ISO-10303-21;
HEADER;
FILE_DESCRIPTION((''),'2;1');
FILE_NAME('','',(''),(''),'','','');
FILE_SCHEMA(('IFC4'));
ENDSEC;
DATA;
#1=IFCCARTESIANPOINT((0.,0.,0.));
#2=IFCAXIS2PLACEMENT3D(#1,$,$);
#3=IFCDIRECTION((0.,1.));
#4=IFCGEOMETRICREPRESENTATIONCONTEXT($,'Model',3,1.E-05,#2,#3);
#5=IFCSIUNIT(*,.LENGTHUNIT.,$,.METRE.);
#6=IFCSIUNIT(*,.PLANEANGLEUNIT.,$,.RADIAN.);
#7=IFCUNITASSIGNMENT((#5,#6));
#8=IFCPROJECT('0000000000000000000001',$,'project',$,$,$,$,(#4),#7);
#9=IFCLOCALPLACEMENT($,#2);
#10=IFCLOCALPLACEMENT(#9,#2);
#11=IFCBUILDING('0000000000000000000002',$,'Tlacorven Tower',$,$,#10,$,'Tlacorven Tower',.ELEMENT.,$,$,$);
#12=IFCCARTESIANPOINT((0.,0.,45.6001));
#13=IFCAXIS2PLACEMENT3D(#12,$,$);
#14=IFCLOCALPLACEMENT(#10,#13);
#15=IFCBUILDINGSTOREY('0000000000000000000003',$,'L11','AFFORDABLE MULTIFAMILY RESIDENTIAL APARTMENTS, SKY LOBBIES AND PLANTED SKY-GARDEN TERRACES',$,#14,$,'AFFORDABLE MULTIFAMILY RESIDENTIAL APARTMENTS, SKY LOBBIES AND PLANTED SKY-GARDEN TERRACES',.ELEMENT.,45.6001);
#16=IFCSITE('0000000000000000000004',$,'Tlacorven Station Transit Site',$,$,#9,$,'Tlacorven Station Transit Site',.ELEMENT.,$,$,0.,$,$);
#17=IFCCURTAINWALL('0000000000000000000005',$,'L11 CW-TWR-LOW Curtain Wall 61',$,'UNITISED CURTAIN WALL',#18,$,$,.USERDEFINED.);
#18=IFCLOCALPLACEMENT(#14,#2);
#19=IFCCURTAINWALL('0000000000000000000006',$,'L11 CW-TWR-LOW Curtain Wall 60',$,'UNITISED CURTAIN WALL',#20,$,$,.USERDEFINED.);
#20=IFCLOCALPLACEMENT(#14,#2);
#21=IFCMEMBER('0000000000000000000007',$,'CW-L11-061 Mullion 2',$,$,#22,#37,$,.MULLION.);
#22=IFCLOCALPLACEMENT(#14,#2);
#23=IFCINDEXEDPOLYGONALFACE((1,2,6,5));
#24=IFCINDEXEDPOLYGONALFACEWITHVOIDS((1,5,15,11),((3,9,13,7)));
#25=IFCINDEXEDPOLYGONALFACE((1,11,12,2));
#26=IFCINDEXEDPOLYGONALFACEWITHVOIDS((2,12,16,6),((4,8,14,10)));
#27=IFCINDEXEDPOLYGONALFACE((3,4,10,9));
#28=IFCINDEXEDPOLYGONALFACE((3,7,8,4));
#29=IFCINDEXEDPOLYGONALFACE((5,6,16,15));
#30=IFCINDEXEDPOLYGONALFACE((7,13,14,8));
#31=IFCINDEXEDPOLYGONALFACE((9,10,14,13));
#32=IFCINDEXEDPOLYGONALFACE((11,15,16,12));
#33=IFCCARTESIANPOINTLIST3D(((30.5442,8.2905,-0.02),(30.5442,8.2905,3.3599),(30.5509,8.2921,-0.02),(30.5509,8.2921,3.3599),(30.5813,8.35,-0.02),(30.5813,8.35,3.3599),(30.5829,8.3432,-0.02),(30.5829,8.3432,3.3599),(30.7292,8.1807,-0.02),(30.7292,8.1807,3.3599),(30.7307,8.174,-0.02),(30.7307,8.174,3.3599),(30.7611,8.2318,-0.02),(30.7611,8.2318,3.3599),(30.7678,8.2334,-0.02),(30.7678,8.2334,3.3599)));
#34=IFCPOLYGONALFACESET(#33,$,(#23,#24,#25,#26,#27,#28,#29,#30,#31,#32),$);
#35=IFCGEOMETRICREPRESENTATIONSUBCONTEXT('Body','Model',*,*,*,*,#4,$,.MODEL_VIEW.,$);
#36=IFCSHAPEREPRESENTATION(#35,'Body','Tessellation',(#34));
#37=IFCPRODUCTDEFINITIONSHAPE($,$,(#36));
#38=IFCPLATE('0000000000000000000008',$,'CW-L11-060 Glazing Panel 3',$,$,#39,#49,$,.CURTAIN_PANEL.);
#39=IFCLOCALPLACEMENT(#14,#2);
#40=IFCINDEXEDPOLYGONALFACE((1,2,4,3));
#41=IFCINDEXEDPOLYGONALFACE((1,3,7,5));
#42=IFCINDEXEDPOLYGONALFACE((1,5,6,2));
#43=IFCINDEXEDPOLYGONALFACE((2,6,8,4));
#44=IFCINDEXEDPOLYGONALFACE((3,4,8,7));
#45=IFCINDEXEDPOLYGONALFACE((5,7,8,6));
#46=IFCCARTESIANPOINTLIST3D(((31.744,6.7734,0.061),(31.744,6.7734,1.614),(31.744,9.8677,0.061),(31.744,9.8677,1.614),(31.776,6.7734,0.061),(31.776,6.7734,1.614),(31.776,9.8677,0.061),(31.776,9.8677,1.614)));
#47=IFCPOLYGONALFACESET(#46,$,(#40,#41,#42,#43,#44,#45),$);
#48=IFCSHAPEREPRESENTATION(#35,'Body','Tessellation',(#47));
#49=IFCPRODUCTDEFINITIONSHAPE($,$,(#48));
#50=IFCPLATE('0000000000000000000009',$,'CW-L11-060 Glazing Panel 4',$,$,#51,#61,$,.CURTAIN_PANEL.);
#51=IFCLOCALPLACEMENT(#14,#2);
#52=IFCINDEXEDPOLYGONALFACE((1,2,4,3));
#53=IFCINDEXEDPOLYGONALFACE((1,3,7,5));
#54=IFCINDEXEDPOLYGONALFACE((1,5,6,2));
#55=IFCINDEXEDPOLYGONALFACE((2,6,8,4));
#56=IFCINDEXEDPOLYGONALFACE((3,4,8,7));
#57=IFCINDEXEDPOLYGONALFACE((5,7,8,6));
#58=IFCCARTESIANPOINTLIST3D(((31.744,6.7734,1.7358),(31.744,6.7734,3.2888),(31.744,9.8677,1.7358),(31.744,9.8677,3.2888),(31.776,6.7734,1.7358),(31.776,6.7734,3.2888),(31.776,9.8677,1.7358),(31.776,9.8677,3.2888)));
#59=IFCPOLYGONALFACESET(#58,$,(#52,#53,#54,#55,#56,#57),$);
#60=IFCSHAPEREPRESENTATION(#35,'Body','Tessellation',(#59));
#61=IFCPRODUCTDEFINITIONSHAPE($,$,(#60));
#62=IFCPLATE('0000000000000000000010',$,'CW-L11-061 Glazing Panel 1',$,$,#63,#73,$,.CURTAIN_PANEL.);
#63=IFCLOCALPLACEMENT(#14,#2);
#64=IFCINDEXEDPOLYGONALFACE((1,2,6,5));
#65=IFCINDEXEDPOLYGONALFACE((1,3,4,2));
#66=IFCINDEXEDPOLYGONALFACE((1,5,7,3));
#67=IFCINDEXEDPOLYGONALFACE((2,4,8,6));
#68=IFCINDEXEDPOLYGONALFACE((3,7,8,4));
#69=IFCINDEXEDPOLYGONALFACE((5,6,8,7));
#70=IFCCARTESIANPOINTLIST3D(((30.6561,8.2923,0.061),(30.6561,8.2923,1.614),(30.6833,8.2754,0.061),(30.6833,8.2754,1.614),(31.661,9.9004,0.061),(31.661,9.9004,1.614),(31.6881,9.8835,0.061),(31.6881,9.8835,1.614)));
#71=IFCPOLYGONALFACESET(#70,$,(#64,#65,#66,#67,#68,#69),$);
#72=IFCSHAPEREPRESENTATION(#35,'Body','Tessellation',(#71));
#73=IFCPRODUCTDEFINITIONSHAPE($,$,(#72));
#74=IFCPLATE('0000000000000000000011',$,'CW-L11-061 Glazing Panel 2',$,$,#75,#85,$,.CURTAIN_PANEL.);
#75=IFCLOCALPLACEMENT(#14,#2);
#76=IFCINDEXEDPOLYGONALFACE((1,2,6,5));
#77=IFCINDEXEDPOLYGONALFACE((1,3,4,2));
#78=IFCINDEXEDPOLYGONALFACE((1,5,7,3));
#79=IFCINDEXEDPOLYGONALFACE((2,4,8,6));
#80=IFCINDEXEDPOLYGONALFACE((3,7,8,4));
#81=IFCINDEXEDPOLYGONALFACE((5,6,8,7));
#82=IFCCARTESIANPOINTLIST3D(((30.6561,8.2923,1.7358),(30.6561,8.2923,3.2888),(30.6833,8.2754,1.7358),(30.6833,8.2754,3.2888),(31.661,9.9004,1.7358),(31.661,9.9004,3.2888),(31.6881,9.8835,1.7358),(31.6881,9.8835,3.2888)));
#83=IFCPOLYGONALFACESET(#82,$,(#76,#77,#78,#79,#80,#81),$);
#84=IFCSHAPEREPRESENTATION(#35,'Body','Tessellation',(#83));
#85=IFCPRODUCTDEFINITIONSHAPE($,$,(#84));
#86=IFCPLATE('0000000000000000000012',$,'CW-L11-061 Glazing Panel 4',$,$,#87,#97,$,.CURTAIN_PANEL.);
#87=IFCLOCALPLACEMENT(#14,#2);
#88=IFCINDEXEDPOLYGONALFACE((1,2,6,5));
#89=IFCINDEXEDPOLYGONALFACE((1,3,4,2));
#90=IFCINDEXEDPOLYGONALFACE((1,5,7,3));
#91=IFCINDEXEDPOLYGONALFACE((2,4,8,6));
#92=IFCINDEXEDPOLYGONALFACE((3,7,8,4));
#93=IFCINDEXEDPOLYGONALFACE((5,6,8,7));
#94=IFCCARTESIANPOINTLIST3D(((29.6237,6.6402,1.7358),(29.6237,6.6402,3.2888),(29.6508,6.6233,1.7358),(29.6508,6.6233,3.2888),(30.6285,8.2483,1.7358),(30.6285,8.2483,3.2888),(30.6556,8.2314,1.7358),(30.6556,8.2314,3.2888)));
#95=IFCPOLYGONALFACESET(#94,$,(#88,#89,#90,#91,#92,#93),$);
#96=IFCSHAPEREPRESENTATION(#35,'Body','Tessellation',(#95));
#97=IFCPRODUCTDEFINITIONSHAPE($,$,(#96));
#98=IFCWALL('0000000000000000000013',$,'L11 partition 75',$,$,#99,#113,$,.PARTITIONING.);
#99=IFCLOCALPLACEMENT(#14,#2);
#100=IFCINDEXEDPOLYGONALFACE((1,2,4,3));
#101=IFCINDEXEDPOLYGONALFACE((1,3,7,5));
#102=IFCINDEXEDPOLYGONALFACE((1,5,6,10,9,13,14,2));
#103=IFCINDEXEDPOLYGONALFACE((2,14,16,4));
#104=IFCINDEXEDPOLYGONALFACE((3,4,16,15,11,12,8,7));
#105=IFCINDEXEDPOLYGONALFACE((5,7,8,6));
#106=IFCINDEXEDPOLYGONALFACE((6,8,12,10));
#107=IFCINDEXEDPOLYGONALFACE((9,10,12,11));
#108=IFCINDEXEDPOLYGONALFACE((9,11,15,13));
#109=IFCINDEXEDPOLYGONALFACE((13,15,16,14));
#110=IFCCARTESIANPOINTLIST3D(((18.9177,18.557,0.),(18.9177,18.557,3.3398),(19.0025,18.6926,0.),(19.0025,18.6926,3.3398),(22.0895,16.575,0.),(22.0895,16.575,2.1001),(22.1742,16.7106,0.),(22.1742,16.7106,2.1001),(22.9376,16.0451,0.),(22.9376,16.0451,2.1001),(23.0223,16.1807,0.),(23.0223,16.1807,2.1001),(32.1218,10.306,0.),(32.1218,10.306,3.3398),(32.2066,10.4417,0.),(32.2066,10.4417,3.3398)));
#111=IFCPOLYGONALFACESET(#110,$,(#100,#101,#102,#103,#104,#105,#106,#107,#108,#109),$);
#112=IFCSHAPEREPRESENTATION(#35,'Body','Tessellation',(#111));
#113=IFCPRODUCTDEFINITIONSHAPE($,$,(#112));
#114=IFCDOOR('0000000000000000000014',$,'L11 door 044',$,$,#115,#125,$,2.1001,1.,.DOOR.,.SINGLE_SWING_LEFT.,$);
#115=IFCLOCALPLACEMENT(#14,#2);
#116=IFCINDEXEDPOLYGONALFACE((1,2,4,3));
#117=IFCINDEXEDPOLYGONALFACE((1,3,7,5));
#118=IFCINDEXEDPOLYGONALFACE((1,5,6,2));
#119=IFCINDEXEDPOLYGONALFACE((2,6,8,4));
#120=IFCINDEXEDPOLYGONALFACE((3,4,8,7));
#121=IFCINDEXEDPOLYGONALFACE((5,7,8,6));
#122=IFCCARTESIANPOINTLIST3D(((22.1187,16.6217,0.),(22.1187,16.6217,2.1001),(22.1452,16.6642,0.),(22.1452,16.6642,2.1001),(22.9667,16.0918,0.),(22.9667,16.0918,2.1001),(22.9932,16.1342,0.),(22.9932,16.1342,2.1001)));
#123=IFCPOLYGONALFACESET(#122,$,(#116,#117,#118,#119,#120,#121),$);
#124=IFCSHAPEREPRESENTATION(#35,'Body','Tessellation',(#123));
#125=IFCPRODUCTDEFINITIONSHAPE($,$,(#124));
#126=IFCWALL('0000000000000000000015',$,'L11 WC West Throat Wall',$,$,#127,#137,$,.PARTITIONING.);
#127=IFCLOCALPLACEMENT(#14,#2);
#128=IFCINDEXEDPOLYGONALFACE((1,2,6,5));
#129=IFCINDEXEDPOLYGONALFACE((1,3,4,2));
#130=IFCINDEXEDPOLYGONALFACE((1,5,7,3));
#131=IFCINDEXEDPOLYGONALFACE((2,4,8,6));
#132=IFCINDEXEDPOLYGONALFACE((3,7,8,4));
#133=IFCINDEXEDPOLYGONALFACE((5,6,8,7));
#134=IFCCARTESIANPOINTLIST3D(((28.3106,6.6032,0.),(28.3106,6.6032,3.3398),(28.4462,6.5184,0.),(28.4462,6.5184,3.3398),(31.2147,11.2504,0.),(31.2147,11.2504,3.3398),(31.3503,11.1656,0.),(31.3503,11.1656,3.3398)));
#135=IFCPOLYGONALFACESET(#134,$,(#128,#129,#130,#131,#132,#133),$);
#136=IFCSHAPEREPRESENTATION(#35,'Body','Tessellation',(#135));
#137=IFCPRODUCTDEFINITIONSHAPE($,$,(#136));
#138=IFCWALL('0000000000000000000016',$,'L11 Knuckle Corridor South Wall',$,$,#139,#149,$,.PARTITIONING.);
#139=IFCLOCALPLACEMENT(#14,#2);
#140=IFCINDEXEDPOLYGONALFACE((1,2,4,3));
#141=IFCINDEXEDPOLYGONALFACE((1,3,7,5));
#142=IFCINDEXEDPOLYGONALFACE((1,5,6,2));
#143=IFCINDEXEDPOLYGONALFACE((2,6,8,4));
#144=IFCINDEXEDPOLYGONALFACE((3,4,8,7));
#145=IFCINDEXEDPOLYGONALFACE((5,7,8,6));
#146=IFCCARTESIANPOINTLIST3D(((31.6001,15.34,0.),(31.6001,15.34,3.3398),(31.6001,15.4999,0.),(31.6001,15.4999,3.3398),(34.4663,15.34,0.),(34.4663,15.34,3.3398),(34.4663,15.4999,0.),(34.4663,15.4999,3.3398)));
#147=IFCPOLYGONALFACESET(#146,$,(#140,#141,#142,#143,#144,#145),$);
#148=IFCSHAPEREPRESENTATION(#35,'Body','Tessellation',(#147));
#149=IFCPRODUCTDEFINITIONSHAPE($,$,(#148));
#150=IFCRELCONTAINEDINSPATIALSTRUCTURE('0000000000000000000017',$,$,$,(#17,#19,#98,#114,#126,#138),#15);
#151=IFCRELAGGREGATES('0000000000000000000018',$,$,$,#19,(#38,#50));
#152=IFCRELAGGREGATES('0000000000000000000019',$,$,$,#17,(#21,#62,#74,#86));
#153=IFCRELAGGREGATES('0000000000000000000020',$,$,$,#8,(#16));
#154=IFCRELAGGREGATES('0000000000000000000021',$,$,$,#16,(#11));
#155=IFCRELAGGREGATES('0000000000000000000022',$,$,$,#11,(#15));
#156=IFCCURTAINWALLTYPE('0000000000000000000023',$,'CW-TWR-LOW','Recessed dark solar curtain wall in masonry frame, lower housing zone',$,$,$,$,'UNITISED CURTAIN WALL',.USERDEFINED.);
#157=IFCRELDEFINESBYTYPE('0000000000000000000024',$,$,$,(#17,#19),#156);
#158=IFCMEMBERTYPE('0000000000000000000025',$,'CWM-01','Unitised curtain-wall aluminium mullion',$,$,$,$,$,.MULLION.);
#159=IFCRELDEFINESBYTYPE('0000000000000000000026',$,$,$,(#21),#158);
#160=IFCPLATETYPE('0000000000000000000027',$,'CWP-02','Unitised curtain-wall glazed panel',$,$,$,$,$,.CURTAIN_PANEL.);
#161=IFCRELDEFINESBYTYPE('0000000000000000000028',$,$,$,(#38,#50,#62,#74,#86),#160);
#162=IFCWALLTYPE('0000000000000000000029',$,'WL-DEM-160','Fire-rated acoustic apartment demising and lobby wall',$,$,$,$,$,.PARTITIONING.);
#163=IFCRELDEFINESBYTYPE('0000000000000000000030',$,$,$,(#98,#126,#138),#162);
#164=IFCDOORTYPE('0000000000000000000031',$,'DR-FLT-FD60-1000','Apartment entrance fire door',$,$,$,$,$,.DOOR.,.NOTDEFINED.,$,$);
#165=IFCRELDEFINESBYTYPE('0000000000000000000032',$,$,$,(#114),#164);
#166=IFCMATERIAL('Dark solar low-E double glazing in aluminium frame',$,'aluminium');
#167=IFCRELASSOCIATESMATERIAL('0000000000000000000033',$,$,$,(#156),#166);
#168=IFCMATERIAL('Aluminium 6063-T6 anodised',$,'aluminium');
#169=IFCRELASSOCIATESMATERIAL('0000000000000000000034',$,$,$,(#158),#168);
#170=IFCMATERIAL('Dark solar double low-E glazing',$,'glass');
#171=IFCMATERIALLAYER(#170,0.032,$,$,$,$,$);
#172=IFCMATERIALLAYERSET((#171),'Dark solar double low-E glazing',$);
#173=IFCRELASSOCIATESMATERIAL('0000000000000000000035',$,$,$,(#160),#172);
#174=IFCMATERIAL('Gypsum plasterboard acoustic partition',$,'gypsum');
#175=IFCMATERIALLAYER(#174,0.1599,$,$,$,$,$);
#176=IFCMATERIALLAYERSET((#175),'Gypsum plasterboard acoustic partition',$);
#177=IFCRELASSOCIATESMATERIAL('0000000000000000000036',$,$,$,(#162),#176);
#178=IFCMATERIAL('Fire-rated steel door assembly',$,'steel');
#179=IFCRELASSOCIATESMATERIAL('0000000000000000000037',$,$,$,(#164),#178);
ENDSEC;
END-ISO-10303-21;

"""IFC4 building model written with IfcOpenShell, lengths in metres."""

from ifc_helpers import new_model, si_unit, direction, frame, frame_2d, origin, origin_2d, place, context, subcontext, project, spatial, rectangle, hollow_rectangle, extrude, source, transform, mapped, material, layer, layer_set, material_profile, profile_set, type_object, element, fill, aggregate, save


model = new_model("IFC4")

# Units and contexts
model_context = context("Model", 3, precision=1e-05, world=origin(), true_north=direction((0.0, 1.0)))
body_context = subcontext(model_context, "Body", "Model", "MODEL_VIEW")
ifc_project = project(units=[si_unit("LENGTHUNIT", "METRE"), si_unit("PLANEANGLEUNIT", "RADIAN")], contexts=[model_context])

# Site, building, storey
site_placement = place(None, origin())
site = spatial("IfcSite", under=ifc_project, at=site_placement, Name="Tlacorven Station Transit Site", LongName="Tlacorven Station Transit Site", CompositionType="ELEMENT", RefElevation=0.0)
building_placement = place(site_placement, origin())
building = spatial("IfcBuilding", under=site, at=building_placement, Name="Tlacorven Tower", LongName="Tlacorven Tower", CompositionType="ELEMENT")
storey_placement = place(building_placement, frame((0.0, 0.0, 45.6001)))
storey = spatial("IfcBuildingStorey", under=building, at=storey_placement, Name="L11", Description="AFFORDABLE MULTIFAMILY RESIDENTIAL APARTMENTS, SKY LOBBIES AND PLANTED SKY-GARDEN TERRACES", LongName="AFFORDABLE MULTIFAMILY RESIDENTIAL APARTMENTS, SKY LOBBIES AND PLANTED SKY-GARDEN TERRACES", CompositionType="ELEMENT", Elevation=45.6001)

# Curtain wall
ifc_material_1 = material(Name="Dark solar low-E double glazing in aluminium frame", Category="aluminium")
curtain_wall_type = type_object("IfcCurtainWallType", Name="CW-TWR-LOW", Description="Recessed dark solar curtain wall in masonry frame, lower housing zone", ElementType="UNITISED CURTAIN WALL", PredefinedType="USERDEFINED", material=ifc_material_1)
curtain_wall_1_placement = place(storey_placement, origin())
curtain_wall_1 = element("IfcCurtainWall", 1, at=curtain_wall_1_placement, inside=storey, type_object=curtain_wall_type, Name="L11 CW-TWR-LOW Curtain Wall 61", ObjectType="UNITISED CURTAIN WALL", PredefinedType="USERDEFINED")
ifc_material_2 = material(Name="Aluminium 6063-T6 anodised", Category="aluminium")

# Curtain wall
curtain_wall_2_placement = place(storey_placement, origin())
curtain_wall_2 = element("IfcCurtainWall", 2, at=curtain_wall_2_placement, inside=storey, type_object=curtain_wall_type, Name="L11 CW-TWR-LOW Curtain Wall 60", ObjectType="UNITISED CURTAIN WALL", PredefinedType="USERDEFINED")
ifc_material_profile_1 = material_profile(ifc_material_2, hollow_rectangle(XDim=0.0701, YDim=0.22, WallThickness=0.0049, at=origin_2d()), Name="ALU MULLION 70X220")
ifc_profile_set_1 = profile_set([ifc_material_profile_1], Name="Aluminium 6063-T6 anodised")
member_type_1 = type_object("IfcMemberType", Name="CWM-01", Description="Unitised curtain-wall aluminium mullion", PredefinedType="MULLION", material=ifc_profile_set_1)
shared_shape_1 = source(origin(), body_context, "Body", "SweptSolid", [
    extrude(hollow_rectangle(XDim=0.0701, YDim=0.22, WallThickness=0.0049, at=origin_2d()), origin(), (0.0, 0.0, 1.0), 3.3799),
])

# Member
member_1_placement = place(storey_placement, frame((30.656, 8.262, -0.02), z_axis=(0.0, 0.0, 1.0), x_axis=(-0.529919, -0.848048, 0.0)))
member_1 = element("IfcMember", 3, at=member_1_placement, type_object=member_type_1, Name="CW-L11-061 Mullion 2", PredefinedType="MULLION", context=body_context, shape_type="MappedRepresentation", body=[
    mapped(shared_shape_1, transform((0.0, 0.0, 0.0), scale=1.0)),
])

# Plates
ifc_material_3 = material(Name="Dark solar double low-E glazing", Category="glass")
ifc_layer_1 = layer(ifc_material_3, 0.032)
ifc_layer_set_1 = layer_set([ifc_layer_1], Name="Dark solar double low-E glazing")
plate_type = type_object("IfcPlateType", Name="CWP-02", Description="Unitised curtain-wall glazed panel", PredefinedType="CURTAIN_PANEL", material=ifc_layer_set_1)
shared_shape_2 = source(origin(), body_context, "Body", "SweptSolid", [
    extrude(rectangle(XDim=3.0942, YDim=0.032, at=origin_2d()), origin(), (0.0, 0.0, 1.0), 1.553),
])
plate_1_placement = place(storey_placement, frame((31.76, 8.3206, 0.061), z_axis=(0.0, 0.0, 1.0), x_axis=(0.0, 1.0, 0.0)))
plate_1 = element("IfcPlate", 4, at=plate_1_placement, type_object=plate_type, Name="CW-L11-060 Glazing Panel 3", PredefinedType="CURTAIN_PANEL", context=body_context, shape_type="MappedRepresentation", body=[
    mapped(shared_shape_2, transform((0.0, 0.0, 0.0), scale=1.0)),
])
plate_2_placement = place(storey_placement, frame((31.76, 8.3206, 1.7358), z_axis=(0.0, 0.0, 1.0), x_axis=(0.0, 1.0, 0.0)))
plate_2 = element("IfcPlate", 5, at=plate_2_placement, type_object=plate_type, Name="CW-L11-060 Glazing Panel 4", PredefinedType="CURTAIN_PANEL", context=body_context, shape_type="MappedRepresentation", body=[
    mapped(shared_shape_2, transform((0.0, 0.0, 0.0), scale=1.0)),
])
aggregate(curtain_wall_2, [plate_1, plate_2])
shared_shape_3 = source(origin(), body_context, "Body", "SweptSolid", [
    extrude(rectangle(XDim=1.8962, YDim=0.032, at=origin_2d()), origin(), (0.0, 0.0, 1.0), 1.553),
])
plate_3_placement = place(storey_placement, frame((31.1721, 9.0879, 0.061), z_axis=(0.0, 0.0, 1.0), x_axis=(-0.529919, -0.848048, 0.0)))
plate_3 = element("IfcPlate", 6, at=plate_3_placement, type_object=plate_type, Name="CW-L11-061 Glazing Panel 1", PredefinedType="CURTAIN_PANEL", context=body_context, shape_type="MappedRepresentation", body=[
    mapped(shared_shape_3, transform((0.0, 0.0, 0.0), scale=1.0)),
])
plate_4_placement = place(storey_placement, frame((31.1721, 9.0879, 1.7358), z_axis=(0.0, 0.0, 1.0), x_axis=(-0.529919, -0.848048, 0.0)))
plate_4 = element("IfcPlate", 7, at=plate_4_placement, type_object=plate_type, Name="CW-L11-061 Glazing Panel 2", PredefinedType="CURTAIN_PANEL", context=body_context, shape_type="MappedRepresentation", body=[
    mapped(shared_shape_3, transform((0.0, 0.0, 0.0), scale=1.0)),
])
plate_5_placement = place(storey_placement, frame((30.1396, 7.4358, 1.7358), z_axis=(0.0, 0.0, 1.0), x_axis=(-0.529919, -0.848048, 0.0)))
plate_5 = element("IfcPlate", 8, at=plate_5_placement, type_object=plate_type, Name="CW-L11-061 Glazing Panel 4", PredefinedType="CURTAIN_PANEL", context=body_context, shape_type="MappedRepresentation", body=[
    mapped(shared_shape_3, transform((0.0, 0.0, 0.0), scale=1.0)),
])
aggregate(curtain_wall_1, [member_1, plate_3, plate_4, plate_5])

# Wall, opening, door
ifc_material_4 = material(Name="Gypsum plasterboard acoustic partition", Category="gypsum")
ifc_layer_2 = layer(ifc_material_4, 0.1599)
ifc_layer_set_2 = layer_set([ifc_layer_2], Name="Gypsum plasterboard acoustic partition")
wall_type_1 = type_object("IfcWallType", Name="WL-DEM-160", Description="Fire-rated acoustic apartment demising and lobby wall", PredefinedType="PARTITIONING", material=ifc_layer_set_2)
wall_1_placement = place(storey_placement, frame((32.1643, 10.3738, 0.0), z_axis=(0.0, 0.0, 1.0), x_axis=(-0.848044, 0.529926, 0.0)))
wall_1 = element("IfcWall", 9, at=wall_1_placement, inside=storey, type_object=wall_type_1, Name="L11 partition 75", PredefinedType="PARTITIONING", context=body_context, shape_type="SweptSolid", body=[
    extrude(rectangle(XDim=15.5701, YDim=0.1599, at=frame_2d((7.7852, 0.0))), origin(), (0.0, 0.0, 1.0), 3.3398),
])
opening_1_placement = place(wall_1_placement, frame((10.8301, 0.0, 0.0)))
opening_1 = element("IfcOpeningElement", 10, at=opening_1_placement, cuts=wall_1, PredefinedType="OPENING", context=body_context, shape_type="SweptSolid", body=[
    extrude(rectangle(XDim=1.0, YDim=2.1001, at=frame_2d((0.5, 1.05))), frame((0.0, 0.0898, 0.0), z_axis=(0.0, -1.0, 0.0), x_axis=(1.0, 0.0, 0.0)), (0.0, 0.0, 1.0), 0.1799),
])
ifc_material_5 = material(Name="Fire-rated steel door assembly", Category="steel")
door_type_1 = type_object("IfcDoorType", Name="DR-FLT-FD60-1000", Description="Apartment entrance fire door", OperationType="NOTDEFINED", PredefinedType="DOOR", material=ifc_material_5)
shared_shape_4 = source(origin(), body_context, "Body", "SweptSolid", [
    extrude(rectangle(XDim=1.0, YDim=2.1001, at=frame_2d((0.5, 1.05))), frame((0.0, 0.0249, 0.0), z_axis=(0.0, -1.0, 0.0), x_axis=(1.0, 0.0, 0.0)), (0.0, 0.0, 1.0), 0.05),
])
door_1_placement = place(opening_1_placement, origin())
door_1 = element("IfcDoor", 11, at=door_1_placement, inside=storey, type_object=door_type_1, Name="L11 door 044", OperationType="SINGLE_SWING_LEFT", OverallHeight=2.1001, OverallWidth=1.0, PredefinedType="DOOR", context=body_context, shape_type="MappedRepresentation", body=[
    mapped(shared_shape_4, transform((0.0, 0.0, 0.0), scale=1.0)),
])
fill(opening_1, door_1)

# Walls
wall_2_placement = place(storey_placement, frame((31.2825, 11.208, 0.0), z_axis=(0.0, 0.0, 1.0), x_axis=(-0.529939, -0.848036, 0.0)))
element("IfcWall", 12, at=wall_2_placement, inside=storey, type_object=wall_type_1, Name="L11 WC West Throat Wall", PredefinedType="PARTITIONING", context=body_context, shape_type="SweptSolid", body=[
    extrude(rectangle(XDim=5.48, YDim=0.1599, at=frame_2d((2.74, 0.0))), origin(), (0.0, 0.0, 1.0), 3.3398),
])
wall_3_placement = place(storey_placement, frame((31.6001, 15.4199, 0.0), z_axis=(0.0, 0.0, 1.0), x_axis=(1.0, 0.0, 0.0)))
element("IfcWall", 13, at=wall_3_placement, inside=storey, type_object=wall_type_1, Name="L11 Knuckle Corridor South Wall", PredefinedType="PARTITIONING", context=body_context, shape_type="SweptSolid", body=[
    extrude(rectangle(XDim=2.8662, YDim=0.1599, at=frame_2d((1.4331, 0.0))), origin(), (0.0, 0.0, 1.0), 3.3398),
])

save(model, "model.ifc")
